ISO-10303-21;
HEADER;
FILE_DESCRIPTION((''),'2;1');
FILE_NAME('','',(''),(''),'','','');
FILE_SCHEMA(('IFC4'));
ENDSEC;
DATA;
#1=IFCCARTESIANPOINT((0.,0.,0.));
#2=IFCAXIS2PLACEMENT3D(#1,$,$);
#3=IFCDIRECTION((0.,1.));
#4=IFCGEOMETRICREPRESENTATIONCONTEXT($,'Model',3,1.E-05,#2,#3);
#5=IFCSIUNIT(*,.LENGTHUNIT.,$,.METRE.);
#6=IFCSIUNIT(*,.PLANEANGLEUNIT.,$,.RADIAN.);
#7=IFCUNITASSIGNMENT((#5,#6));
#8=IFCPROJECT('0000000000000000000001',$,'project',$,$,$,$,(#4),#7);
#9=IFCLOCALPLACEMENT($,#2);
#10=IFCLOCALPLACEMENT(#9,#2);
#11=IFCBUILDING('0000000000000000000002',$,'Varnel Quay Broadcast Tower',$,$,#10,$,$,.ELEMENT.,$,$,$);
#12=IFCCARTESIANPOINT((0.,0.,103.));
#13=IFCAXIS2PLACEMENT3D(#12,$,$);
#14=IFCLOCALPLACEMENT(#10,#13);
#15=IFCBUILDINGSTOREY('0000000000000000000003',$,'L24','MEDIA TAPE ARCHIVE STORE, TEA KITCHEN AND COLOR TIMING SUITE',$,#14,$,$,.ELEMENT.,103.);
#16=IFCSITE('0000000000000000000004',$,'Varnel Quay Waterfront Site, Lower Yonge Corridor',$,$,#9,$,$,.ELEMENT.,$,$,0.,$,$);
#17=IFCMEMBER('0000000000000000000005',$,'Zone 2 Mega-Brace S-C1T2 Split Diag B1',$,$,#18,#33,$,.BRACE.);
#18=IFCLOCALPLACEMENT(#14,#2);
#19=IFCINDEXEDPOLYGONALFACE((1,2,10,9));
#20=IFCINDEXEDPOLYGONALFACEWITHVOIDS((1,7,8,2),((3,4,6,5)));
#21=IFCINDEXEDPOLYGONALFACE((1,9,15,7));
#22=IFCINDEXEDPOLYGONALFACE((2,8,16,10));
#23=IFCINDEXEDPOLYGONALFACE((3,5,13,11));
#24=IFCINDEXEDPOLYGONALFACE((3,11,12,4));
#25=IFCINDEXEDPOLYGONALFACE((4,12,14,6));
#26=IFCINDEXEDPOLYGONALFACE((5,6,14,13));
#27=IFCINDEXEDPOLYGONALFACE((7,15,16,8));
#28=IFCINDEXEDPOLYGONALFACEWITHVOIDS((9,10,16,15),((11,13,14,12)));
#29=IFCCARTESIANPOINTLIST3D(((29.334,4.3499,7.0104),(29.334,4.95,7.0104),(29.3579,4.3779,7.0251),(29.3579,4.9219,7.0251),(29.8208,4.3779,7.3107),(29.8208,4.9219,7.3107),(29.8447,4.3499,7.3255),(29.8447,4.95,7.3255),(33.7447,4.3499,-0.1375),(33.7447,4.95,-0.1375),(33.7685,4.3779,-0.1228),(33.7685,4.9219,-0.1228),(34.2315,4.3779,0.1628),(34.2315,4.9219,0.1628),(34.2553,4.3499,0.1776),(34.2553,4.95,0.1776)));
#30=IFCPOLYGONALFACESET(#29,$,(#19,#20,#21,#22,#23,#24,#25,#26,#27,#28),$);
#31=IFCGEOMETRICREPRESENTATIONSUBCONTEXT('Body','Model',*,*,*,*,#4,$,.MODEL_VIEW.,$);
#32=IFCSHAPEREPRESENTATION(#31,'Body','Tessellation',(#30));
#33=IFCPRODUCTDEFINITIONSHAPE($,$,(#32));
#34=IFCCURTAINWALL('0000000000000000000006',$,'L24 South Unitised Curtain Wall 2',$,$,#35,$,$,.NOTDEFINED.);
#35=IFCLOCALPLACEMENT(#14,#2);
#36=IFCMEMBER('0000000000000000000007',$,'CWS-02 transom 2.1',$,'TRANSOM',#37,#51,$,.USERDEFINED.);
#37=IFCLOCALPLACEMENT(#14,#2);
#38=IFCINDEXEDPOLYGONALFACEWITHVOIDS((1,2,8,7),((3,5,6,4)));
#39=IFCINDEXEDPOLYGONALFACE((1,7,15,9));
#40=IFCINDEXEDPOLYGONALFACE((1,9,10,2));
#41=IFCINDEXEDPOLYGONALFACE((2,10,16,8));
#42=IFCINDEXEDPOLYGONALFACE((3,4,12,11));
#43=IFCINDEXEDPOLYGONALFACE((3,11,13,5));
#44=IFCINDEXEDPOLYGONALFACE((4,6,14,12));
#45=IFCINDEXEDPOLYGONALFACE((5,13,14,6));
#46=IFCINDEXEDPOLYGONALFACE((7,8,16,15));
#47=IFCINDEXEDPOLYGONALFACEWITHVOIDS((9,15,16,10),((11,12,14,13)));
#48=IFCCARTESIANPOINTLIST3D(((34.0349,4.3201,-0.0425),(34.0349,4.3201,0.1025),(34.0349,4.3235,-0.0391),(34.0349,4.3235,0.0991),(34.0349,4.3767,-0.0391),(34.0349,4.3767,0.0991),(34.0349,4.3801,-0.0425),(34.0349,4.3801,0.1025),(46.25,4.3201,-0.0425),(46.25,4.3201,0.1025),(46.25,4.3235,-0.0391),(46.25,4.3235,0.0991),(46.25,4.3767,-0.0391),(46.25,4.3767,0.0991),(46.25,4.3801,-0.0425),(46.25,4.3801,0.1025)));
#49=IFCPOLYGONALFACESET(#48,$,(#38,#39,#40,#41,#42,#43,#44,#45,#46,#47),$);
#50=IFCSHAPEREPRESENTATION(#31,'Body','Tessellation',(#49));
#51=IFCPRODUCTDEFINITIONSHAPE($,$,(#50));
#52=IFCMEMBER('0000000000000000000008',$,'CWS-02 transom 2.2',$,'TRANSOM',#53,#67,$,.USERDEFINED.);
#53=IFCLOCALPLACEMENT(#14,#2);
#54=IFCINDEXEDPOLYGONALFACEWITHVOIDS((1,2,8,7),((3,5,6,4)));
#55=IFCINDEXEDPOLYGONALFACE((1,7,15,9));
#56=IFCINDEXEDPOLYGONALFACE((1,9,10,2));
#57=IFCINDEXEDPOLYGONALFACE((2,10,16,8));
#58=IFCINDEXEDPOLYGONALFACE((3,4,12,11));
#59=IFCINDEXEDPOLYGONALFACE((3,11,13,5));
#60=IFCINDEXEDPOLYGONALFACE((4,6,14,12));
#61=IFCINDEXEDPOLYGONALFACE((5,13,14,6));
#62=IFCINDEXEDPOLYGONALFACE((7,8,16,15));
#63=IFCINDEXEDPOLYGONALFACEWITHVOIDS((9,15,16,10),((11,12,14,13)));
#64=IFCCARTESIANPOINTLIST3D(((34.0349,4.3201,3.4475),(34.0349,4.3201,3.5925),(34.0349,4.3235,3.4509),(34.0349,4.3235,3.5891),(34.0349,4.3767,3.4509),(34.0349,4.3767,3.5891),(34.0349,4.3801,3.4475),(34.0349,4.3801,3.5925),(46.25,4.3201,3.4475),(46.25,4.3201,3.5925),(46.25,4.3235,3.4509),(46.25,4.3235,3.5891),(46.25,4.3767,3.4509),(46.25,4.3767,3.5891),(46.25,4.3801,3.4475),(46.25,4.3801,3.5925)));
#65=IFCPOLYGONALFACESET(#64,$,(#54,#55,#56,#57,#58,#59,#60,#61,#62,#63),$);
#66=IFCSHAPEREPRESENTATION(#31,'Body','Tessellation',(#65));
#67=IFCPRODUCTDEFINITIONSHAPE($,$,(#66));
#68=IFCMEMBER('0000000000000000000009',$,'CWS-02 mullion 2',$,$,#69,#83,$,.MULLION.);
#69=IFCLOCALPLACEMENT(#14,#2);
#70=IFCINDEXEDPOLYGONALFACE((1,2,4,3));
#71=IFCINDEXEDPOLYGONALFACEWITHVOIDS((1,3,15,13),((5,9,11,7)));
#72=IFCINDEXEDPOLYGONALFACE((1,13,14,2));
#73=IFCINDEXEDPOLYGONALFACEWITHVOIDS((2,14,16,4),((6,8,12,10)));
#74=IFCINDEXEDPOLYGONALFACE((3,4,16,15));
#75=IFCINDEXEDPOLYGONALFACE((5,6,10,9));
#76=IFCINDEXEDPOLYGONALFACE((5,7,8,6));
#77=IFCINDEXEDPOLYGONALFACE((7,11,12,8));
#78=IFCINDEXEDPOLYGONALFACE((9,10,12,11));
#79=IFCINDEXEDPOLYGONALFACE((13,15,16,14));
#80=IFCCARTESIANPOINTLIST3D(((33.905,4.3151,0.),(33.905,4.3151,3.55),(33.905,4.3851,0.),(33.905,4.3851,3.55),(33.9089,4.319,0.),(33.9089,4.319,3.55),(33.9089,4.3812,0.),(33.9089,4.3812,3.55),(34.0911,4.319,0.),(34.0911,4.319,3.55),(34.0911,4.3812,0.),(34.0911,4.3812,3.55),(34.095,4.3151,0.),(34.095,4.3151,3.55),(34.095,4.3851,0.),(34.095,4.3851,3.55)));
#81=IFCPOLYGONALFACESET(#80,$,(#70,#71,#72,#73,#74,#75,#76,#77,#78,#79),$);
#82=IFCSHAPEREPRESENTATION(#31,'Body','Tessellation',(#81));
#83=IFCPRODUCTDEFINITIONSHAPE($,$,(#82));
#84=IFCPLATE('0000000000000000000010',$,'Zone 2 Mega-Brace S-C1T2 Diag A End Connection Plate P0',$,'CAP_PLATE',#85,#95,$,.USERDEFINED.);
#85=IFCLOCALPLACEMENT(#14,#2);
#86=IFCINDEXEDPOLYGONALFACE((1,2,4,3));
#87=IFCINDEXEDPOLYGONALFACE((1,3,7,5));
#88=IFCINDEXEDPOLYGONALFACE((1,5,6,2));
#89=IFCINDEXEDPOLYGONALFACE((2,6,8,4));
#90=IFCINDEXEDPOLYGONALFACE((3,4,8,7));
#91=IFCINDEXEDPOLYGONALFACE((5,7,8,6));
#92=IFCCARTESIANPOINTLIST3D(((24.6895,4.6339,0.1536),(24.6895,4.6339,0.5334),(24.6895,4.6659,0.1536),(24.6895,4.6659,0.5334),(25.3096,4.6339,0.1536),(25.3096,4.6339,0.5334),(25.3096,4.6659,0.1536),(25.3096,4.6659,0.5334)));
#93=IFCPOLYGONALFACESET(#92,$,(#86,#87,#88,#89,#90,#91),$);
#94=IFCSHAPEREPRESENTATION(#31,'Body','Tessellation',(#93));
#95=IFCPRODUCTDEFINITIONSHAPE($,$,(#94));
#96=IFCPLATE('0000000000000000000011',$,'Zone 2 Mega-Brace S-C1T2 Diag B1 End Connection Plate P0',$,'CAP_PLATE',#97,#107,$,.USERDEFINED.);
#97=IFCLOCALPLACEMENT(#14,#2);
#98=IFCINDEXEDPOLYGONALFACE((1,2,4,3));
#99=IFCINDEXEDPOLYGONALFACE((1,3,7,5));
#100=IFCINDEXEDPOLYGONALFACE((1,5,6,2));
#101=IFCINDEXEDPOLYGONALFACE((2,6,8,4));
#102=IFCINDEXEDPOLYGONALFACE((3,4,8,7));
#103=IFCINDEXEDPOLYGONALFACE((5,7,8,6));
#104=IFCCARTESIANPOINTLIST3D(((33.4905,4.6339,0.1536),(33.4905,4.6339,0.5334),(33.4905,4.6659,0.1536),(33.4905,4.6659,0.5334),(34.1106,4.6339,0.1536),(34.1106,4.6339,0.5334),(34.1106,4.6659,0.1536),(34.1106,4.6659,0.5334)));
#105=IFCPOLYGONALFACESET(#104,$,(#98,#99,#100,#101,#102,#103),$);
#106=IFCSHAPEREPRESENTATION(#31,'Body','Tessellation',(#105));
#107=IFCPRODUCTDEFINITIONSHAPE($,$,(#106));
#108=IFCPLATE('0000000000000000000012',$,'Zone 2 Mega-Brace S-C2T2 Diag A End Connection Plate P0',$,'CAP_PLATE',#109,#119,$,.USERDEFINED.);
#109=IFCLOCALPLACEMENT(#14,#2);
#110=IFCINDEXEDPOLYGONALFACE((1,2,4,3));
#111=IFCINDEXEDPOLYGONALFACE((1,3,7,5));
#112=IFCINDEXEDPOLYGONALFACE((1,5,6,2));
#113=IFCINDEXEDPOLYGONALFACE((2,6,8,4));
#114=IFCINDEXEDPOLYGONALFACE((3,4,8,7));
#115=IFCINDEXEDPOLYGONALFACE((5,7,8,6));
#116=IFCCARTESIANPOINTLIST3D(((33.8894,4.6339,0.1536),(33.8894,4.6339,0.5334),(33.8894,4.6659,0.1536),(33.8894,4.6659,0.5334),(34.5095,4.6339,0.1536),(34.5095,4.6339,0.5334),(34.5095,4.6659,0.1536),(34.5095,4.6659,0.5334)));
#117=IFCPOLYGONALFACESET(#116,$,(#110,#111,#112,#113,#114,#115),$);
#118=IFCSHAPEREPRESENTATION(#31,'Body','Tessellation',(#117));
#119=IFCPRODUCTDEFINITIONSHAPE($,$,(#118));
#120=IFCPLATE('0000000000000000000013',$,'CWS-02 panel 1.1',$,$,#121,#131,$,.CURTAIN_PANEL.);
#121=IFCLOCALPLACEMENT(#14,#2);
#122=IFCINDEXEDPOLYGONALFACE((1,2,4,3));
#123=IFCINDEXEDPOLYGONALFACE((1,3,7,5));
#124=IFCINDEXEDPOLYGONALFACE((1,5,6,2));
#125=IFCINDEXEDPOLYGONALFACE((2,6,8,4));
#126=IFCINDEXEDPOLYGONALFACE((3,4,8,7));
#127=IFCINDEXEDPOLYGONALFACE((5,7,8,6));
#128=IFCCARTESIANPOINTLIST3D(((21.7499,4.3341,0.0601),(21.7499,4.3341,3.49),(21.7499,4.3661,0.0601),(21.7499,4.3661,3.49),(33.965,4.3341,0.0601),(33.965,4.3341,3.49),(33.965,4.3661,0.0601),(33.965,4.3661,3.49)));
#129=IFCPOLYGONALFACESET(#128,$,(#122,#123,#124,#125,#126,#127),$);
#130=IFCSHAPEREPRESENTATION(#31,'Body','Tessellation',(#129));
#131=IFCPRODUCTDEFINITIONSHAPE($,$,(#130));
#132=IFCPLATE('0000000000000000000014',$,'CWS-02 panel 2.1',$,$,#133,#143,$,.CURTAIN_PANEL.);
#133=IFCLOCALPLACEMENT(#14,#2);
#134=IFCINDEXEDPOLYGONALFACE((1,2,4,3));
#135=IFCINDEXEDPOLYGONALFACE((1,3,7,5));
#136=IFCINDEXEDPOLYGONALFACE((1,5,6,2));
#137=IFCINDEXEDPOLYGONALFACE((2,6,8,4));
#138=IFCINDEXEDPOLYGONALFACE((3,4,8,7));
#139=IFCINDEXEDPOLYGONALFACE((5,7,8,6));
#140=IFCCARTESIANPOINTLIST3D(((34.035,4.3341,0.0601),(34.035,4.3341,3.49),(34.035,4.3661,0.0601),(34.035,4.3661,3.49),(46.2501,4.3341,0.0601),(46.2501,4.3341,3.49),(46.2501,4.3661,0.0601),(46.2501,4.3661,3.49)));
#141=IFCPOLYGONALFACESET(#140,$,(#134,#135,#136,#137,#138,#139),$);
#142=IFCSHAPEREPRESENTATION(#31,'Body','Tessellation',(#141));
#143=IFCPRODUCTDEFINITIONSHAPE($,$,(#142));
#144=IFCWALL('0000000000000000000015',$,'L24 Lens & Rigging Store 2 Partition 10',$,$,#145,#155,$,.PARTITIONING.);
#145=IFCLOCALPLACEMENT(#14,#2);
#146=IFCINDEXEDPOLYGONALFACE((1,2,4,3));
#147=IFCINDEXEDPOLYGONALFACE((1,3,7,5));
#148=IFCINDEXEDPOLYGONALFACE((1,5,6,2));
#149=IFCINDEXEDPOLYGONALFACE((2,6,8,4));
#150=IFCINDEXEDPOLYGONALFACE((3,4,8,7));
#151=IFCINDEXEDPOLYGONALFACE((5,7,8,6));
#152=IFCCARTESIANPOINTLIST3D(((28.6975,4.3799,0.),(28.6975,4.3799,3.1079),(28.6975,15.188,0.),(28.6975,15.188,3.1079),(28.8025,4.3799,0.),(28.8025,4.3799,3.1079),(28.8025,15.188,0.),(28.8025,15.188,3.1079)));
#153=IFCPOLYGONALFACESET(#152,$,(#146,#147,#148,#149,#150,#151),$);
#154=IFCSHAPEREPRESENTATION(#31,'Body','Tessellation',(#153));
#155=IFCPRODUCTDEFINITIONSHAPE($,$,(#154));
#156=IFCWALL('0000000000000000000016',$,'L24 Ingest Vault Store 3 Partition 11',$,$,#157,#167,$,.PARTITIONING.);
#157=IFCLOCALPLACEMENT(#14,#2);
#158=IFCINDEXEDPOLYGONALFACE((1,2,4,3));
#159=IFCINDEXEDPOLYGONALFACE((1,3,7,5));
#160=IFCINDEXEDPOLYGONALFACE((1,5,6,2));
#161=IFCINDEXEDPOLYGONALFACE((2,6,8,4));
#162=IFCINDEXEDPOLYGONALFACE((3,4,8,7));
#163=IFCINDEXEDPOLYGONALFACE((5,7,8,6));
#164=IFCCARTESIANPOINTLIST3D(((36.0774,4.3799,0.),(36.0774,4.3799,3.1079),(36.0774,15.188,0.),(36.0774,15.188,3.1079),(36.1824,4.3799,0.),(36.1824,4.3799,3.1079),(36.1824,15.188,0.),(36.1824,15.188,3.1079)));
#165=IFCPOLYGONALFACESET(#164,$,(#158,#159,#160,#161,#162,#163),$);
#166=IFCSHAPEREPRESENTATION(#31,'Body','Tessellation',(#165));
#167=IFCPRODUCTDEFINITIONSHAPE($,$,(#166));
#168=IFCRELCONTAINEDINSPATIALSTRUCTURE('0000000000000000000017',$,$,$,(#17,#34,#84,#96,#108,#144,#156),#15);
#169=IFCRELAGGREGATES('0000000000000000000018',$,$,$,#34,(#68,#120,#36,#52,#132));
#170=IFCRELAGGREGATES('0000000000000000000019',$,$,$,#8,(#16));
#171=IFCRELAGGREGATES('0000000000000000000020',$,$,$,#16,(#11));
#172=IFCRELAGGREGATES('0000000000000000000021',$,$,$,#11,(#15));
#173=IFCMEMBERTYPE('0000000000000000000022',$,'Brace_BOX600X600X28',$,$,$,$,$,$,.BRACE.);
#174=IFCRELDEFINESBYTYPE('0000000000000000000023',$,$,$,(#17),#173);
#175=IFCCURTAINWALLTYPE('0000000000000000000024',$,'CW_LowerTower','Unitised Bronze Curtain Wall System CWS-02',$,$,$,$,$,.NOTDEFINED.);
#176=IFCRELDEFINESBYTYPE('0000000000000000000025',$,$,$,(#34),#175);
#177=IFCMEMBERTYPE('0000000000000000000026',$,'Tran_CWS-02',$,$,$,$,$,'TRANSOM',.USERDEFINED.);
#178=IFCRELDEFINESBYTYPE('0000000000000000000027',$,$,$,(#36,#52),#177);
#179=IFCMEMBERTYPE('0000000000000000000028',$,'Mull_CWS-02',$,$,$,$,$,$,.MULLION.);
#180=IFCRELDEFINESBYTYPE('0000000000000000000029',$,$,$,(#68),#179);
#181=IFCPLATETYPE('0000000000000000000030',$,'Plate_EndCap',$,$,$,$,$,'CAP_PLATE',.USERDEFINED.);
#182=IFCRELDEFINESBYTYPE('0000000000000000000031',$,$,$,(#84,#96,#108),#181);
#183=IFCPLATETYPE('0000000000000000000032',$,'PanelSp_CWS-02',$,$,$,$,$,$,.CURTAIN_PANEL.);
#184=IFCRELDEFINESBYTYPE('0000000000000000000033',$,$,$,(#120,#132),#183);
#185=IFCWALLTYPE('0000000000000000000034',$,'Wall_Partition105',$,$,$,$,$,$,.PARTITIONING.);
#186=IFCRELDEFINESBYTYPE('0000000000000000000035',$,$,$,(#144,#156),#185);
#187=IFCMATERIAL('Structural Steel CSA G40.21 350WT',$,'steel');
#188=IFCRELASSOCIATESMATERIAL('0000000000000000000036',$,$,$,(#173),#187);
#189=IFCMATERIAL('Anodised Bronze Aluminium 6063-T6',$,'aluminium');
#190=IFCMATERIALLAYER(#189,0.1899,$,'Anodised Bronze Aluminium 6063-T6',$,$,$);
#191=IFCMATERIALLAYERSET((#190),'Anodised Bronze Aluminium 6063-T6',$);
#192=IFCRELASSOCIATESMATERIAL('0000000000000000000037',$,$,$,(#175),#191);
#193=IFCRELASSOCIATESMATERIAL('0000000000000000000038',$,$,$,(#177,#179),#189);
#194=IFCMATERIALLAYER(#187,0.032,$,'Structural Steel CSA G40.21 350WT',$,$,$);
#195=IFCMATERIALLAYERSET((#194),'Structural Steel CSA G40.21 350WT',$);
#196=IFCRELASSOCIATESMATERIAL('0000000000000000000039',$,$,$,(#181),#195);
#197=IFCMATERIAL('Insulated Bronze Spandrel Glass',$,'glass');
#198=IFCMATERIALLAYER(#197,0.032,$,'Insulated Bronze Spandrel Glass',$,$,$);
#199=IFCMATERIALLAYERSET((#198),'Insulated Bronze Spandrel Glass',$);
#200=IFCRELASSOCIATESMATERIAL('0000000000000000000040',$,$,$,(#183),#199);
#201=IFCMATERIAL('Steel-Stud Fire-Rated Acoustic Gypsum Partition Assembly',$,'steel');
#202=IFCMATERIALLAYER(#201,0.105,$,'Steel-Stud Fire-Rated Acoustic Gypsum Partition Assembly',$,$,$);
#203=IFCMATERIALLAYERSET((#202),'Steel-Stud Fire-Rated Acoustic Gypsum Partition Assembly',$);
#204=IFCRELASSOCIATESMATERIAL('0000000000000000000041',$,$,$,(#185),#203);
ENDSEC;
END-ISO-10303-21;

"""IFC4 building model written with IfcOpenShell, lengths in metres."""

from ifc_helpers import new_model, si_unit, direction, frame, frame_2d, origin, origin_2d, place, context, subcontext, project, spatial, rectangle, hollow_rectangle, extrude, source, transform, mapped, material, layer, layer_set, material_profile, profile_set, type_object, type_shapes, element, aggregate, save


model = new_model("IFC4")

# Units and contexts
model_context = context("Model", 3, precision=1e-05, world=origin(), true_north=direction((0.0, 1.0)))
body_context = subcontext(model_context, "Body", "Model", "MODEL_VIEW")
ifc_project = project(units=[si_unit("LENGTHUNIT", "METRE"), si_unit("PLANEANGLEUNIT", "RADIAN")], contexts=[model_context])

# Site, building, storey
site_placement = place(None, origin())
site = spatial("IfcSite", under=ifc_project, at=site_placement, Name="Varnel Quay Waterfront Site, Lower Yonge Corridor", CompositionType="ELEMENT", RefElevation=0.0)
building_placement = place(site_placement, origin())
building = spatial("IfcBuilding", under=site, at=building_placement, Name="Varnel Quay Broadcast Tower", CompositionType="ELEMENT")
storey_placement = place(building_placement, frame((0.0, 0.0, 103.0)))
storey = spatial("IfcBuildingStorey", under=building, at=storey_placement, Name="L24", Description="MEDIA TAPE ARCHIVE STORE, TEA KITCHEN AND COLOR TIMING SUITE", CompositionType="ELEMENT", Elevation=103.0)

# Member
ifc_material_1 = material(Name="Structural Steel CSA G40.21 350WT", Category="steel")
ifc_material_profile_1 = material_profile(ifc_material_1, hollow_rectangle(XDim=0.6001, YDim=0.6001, WallThickness=0.0281, at=origin_2d()), Name="BOX600X600X28")
ifc_profile_set_1 = profile_set([ifc_material_profile_1], Name="Structural Steel CSA G40.21 350WT")
member_type_1 = type_object("IfcMemberType", Name="Brace_BOX600X600X28", PredefinedType="BRACE", material=ifc_profile_set_1)
shared_shape_1 = source(origin(), body_context, "Body", "SweptSolid", [
    extrude(hollow_rectangle(XDim=0.6001, YDim=0.6001, WallThickness=0.0281, at=origin_2d()), origin(), (0.0, 0.0, 1.0), 8.3992),
])
member_1_placement = place(storey_placement, frame((34.0, 4.6499, 0.02), z_axis=(-0.525125, 0.0, 0.851025), x_axis=(0.0, -1.0, 0.0)))
element("IfcMember", 1, at=member_1_placement, inside=storey, type_object=member_type_1, Name="Zone 2 Mega-Brace S-C1T2 Split Diag B1", PredefinedType="BRACE", context=body_context, shape_type="MappedRepresentation", body=[
    mapped(shared_shape_1, transform((0.0, 0.0, 0.0), x_axis=(1.0, 0.0, 0.0), y_axis=(0.0, 1.0, 0.0), z_axis=(0.0, 0.0, 1.0), scale=1.0)),
])

# Curtain wall, members
ifc_material_2 = material(Name="Anodised Bronze Aluminium 6063-T6", Category="aluminium")
ifc_layer_1 = layer(ifc_material_2, 0.1899, Name="Anodised Bronze Aluminium 6063-T6")
ifc_layer_set_1 = layer_set([ifc_layer_1], Name="Anodised Bronze Aluminium 6063-T6")
curtain_wall_type = type_object("IfcCurtainWallType", Name="CW_LowerTower", Description="Unitised Bronze Curtain Wall System CWS-02", PredefinedType="NOTDEFINED", material=ifc_layer_set_1)
curtain_wall_placement = place(storey_placement, origin())
curtain_wall = element("IfcCurtainWall", 2, at=curtain_wall_placement, inside=storey, type_object=curtain_wall_type, Name="L24 South Unitised Curtain Wall 2", PredefinedType="NOTDEFINED")
ifc_material_profile_2 = material_profile(ifc_material_2, hollow_rectangle(XDim=0.0601, YDim=0.145, WallThickness=0.0034, at=origin_2d()), Name="ALU60X145X3.5")
ifc_profile_set_2 = profile_set([ifc_material_profile_2], Name="Anodised Bronze Aluminium 6063-T6")
member_type_2 = type_object("IfcMemberType", Name="Tran_CWS-02", ElementType="TRANSOM", PredefinedType="USERDEFINED", material=ifc_profile_set_2)
shared_shape_2 = source(origin(), body_context, "Body", "SweptSolid", [
    extrude(hollow_rectangle(XDim=0.0601, YDim=0.145, WallThickness=0.0034, at=origin_2d()), origin(), (0.0, 0.0, 1.0), 12.2151),
])
type_shapes(member_type_2, [shared_shape_2])
member_2_placement = place(storey_placement, frame((34.0349, 4.3501, 0.03), z_axis=(1.0, 0.0, 0.0), x_axis=(0.0, 1.0, 0.0)))
member_2 = element("IfcMember", 3, at=member_2_placement, type_object=member_type_2, Name="CWS-02 transom 2.1", ObjectType="TRANSOM", PredefinedType="USERDEFINED", context=body_context, shape_type="MappedRepresentation", body=[
    mapped(shared_shape_2, transform((0.0, 0.0, 0.0), x_axis=(1.0, 0.0, 0.0), y_axis=(0.0, 1.0, 0.0), z_axis=(0.0, 0.0, 1.0), scale=1.0)),
])
member_3_placement = place(storey_placement, frame((34.0349, 4.3501, 3.52), z_axis=(1.0, 0.0, 0.0), x_axis=(0.0, 1.0, 0.0)))
member_3 = element("IfcMember", 4, at=member_3_placement, type_object=member_type_2, Name="CWS-02 transom 2.2", ObjectType="TRANSOM", PredefinedType="USERDEFINED", context=body_context, shape_type="MappedRepresentation", body=[
    mapped(shared_shape_2, transform((0.0, 0.0, 0.0), x_axis=(1.0, 0.0, 0.0), y_axis=(0.0, 1.0, 0.0), z_axis=(0.0, 0.0, 1.0), scale=1.0)),
])
ifc_material_profile_3 = material_profile(ifc_material_2, hollow_rectangle(XDim=0.0701, YDim=0.1899, WallThickness=0.0039, at=origin_2d()), Name="ALU70X190X4")
ifc_profile_set_3 = profile_set([ifc_material_profile_3], Name="Anodised Bronze Aluminium 6063-T6")
member_type_3 = type_object("IfcMemberType", Name="Mull_CWS-02", PredefinedType="MULLION", material=ifc_profile_set_3)
shared_shape_3 = source(origin(), body_context, "Body", "SweptSolid", [
    extrude(hollow_rectangle(XDim=0.0701, YDim=0.1899, WallThickness=0.0039, at=origin_2d()), origin(), (0.0, 0.0, 1.0), 3.55),
])
type_shapes(member_type_3, [shared_shape_3])
member_4_placement = place(storey_placement, frame((34.0, 4.3501, 0.0), z_axis=(0.0, 0.0, 1.0), x_axis=(0.0, 1.0, 0.0)))
member_4 = element("IfcMember", 5, at=member_4_placement, type_object=member_type_3, Name="CWS-02 mullion 2", PredefinedType="MULLION", context=body_context, shape_type="MappedRepresentation", body=[
    mapped(shared_shape_3, transform((0.0, 0.0, 0.0), x_axis=(1.0, 0.0, 0.0), y_axis=(0.0, 1.0, 0.0), z_axis=(0.0, 0.0, 1.0), scale=1.0)),
])

# Plates
ifc_layer_2 = layer(ifc_material_1, 0.032, Name="Structural Steel CSA G40.21 350WT")
ifc_layer_set_2 = layer_set([ifc_layer_2], Name="Structural Steel CSA G40.21 350WT")
plate_type_1 = type_object("IfcPlateType", Name="Plate_EndCap", ElementType="CAP_PLATE", PredefinedType="USERDEFINED", material=ifc_layer_set_2)
shared_shape_4 = source(origin(), body_context, "Body", "SweptSolid", [
    extrude(rectangle(XDim=0.6201, YDim=0.032, at=origin_2d()), origin(), (0.0, 0.0, 1.0), 0.3799),
])
type_shapes(plate_type_1, [shared_shape_4])
for number, where, z_axis, x_axis, name in (
    (6, (24.9995, 4.6499, 0.1536), (0.0, 0.0, 1.0), (1.0, 0.0, 0.0), "Zone 2 Mega-Brace S-C1T2 Diag A End Connection Plate P0"),
    (7, (33.8005, 4.6499, 0.1536), (0.0, 0.0, 1.0), (1.0, 0.0, 0.0), "Zone 2 Mega-Brace S-C1T2 Diag B1 End Connection Plate P0"),
    (8, (34.1995, 4.6499, 0.1536), (0.0, 0.0, 1.0), (1.0, 0.0, 0.0), "Zone 2 Mega-Brace S-C2T2 Diag A End Connection Plate P0"),
):
    element("IfcPlate", number, at=place(storey_placement, frame(where, z_axis=z_axis, x_axis=x_axis)), inside=storey, type_object=plate_type_1, Name=name, ObjectType="CAP_PLATE", PredefinedType="USERDEFINED", context=body_context, shape_type="MappedRepresentation", body=[
        mapped(shared_shape_4, transform((0.0, 0.0, 0.0), x_axis=(1.0, 0.0, 0.0), y_axis=(0.0, 1.0, 0.0), z_axis=(0.0, 0.0, 1.0), scale=1.0)),
    ])

# Plates
ifc_material_3 = material(Name="Insulated Bronze Spandrel Glass", Category="glass")
ifc_layer_3 = layer(ifc_material_3, 0.032, Name="Insulated Bronze Spandrel Glass")
ifc_layer_set_3 = layer_set([ifc_layer_3], Name="Insulated Bronze Spandrel Glass")
plate_type_2 = type_object("IfcPlateType", Name="PanelSp_CWS-02", PredefinedType="CURTAIN_PANEL", material=ifc_layer_set_3)
shared_shape_5 = source(origin(), body_context, "Body", "SweptSolid", [
    extrude(rectangle(XDim=12.2151, YDim=0.032, at=origin_2d()), origin(), (0.0, 0.0, 1.0), 3.4299),
])
type_shapes(plate_type_2, [shared_shape_5])
plate_1_placement = place(storey_placement, frame((27.8574, 4.3501, 0.0601), z_axis=(0.0, 0.0, 1.0), x_axis=(1.0, 0.0, 0.0)))
plate_1 = element("IfcPlate", 9, at=plate_1_placement, type_object=plate_type_2, Name="CWS-02 panel 1.1", PredefinedType="CURTAIN_PANEL", context=body_context, shape_type="MappedRepresentation", body=[
    mapped(shared_shape_5, transform((0.0, 0.0, 0.0), x_axis=(1.0, 0.0, 0.0), y_axis=(0.0, 1.0, 0.0), z_axis=(0.0, 0.0, 1.0), scale=1.0)),
])
plate_2_placement = place(storey_placement, frame((40.1426, 4.3501, 0.0601), z_axis=(0.0, 0.0, 1.0), x_axis=(1.0, 0.0, 0.0)))
plate_2 = element("IfcPlate", 10, at=plate_2_placement, type_object=plate_type_2, Name="CWS-02 panel 2.1", PredefinedType="CURTAIN_PANEL", context=body_context, shape_type="MappedRepresentation", body=[
    mapped(shared_shape_5, transform((0.0, 0.0, 0.0), x_axis=(1.0, 0.0, 0.0), y_axis=(0.0, 1.0, 0.0), z_axis=(0.0, 0.0, 1.0), scale=1.0)),
])
aggregate(curtain_wall, [member_4, plate_1, member_2, member_3, plate_2])

# Walls
ifc_material_4 = material(Name="Steel-Stud Fire-Rated Acoustic Gypsum Partition Assembly", Category="steel")
ifc_layer_4 = layer(ifc_material_4, 0.105, Name="Steel-Stud Fire-Rated Acoustic Gypsum Partition Assembly")
ifc_layer_set_4 = layer_set([ifc_layer_4], Name="Steel-Stud Fire-Rated Acoustic Gypsum Partition Assembly")
wall_type = type_object("IfcWallType", Name="Wall_Partition105", PredefinedType="PARTITIONING", material=ifc_layer_set_4)
for number, where, z_axis, x_axis, name in (
    (11, (28.75, 4.3799, 0.0), (0.0, 0.0, 1.0), (0.0, 1.0, 0.0), "L24 Lens & Rigging Store 2 Partition 10"),
    (12, (36.1299, 4.3799, 0.0), (0.0, 0.0, 1.0), (0.0, 1.0, 0.0), "L24 Ingest Vault Store 3 Partition 11"),
):
    element("IfcWall", number, at=place(storey_placement, frame(where, z_axis=z_axis, x_axis=x_axis)), inside=storey, type_object=wall_type, Name=name, PredefinedType="PARTITIONING", context=body_context, shape_type="SweptSolid", body=[
        extrude(rectangle(XDim=10.8081, YDim=0.105, at=frame_2d((5.4041, 0.0))), origin(), (0.0, 0.0, 1.0), 3.1079),
    ])

save(model, "model.ifc")
